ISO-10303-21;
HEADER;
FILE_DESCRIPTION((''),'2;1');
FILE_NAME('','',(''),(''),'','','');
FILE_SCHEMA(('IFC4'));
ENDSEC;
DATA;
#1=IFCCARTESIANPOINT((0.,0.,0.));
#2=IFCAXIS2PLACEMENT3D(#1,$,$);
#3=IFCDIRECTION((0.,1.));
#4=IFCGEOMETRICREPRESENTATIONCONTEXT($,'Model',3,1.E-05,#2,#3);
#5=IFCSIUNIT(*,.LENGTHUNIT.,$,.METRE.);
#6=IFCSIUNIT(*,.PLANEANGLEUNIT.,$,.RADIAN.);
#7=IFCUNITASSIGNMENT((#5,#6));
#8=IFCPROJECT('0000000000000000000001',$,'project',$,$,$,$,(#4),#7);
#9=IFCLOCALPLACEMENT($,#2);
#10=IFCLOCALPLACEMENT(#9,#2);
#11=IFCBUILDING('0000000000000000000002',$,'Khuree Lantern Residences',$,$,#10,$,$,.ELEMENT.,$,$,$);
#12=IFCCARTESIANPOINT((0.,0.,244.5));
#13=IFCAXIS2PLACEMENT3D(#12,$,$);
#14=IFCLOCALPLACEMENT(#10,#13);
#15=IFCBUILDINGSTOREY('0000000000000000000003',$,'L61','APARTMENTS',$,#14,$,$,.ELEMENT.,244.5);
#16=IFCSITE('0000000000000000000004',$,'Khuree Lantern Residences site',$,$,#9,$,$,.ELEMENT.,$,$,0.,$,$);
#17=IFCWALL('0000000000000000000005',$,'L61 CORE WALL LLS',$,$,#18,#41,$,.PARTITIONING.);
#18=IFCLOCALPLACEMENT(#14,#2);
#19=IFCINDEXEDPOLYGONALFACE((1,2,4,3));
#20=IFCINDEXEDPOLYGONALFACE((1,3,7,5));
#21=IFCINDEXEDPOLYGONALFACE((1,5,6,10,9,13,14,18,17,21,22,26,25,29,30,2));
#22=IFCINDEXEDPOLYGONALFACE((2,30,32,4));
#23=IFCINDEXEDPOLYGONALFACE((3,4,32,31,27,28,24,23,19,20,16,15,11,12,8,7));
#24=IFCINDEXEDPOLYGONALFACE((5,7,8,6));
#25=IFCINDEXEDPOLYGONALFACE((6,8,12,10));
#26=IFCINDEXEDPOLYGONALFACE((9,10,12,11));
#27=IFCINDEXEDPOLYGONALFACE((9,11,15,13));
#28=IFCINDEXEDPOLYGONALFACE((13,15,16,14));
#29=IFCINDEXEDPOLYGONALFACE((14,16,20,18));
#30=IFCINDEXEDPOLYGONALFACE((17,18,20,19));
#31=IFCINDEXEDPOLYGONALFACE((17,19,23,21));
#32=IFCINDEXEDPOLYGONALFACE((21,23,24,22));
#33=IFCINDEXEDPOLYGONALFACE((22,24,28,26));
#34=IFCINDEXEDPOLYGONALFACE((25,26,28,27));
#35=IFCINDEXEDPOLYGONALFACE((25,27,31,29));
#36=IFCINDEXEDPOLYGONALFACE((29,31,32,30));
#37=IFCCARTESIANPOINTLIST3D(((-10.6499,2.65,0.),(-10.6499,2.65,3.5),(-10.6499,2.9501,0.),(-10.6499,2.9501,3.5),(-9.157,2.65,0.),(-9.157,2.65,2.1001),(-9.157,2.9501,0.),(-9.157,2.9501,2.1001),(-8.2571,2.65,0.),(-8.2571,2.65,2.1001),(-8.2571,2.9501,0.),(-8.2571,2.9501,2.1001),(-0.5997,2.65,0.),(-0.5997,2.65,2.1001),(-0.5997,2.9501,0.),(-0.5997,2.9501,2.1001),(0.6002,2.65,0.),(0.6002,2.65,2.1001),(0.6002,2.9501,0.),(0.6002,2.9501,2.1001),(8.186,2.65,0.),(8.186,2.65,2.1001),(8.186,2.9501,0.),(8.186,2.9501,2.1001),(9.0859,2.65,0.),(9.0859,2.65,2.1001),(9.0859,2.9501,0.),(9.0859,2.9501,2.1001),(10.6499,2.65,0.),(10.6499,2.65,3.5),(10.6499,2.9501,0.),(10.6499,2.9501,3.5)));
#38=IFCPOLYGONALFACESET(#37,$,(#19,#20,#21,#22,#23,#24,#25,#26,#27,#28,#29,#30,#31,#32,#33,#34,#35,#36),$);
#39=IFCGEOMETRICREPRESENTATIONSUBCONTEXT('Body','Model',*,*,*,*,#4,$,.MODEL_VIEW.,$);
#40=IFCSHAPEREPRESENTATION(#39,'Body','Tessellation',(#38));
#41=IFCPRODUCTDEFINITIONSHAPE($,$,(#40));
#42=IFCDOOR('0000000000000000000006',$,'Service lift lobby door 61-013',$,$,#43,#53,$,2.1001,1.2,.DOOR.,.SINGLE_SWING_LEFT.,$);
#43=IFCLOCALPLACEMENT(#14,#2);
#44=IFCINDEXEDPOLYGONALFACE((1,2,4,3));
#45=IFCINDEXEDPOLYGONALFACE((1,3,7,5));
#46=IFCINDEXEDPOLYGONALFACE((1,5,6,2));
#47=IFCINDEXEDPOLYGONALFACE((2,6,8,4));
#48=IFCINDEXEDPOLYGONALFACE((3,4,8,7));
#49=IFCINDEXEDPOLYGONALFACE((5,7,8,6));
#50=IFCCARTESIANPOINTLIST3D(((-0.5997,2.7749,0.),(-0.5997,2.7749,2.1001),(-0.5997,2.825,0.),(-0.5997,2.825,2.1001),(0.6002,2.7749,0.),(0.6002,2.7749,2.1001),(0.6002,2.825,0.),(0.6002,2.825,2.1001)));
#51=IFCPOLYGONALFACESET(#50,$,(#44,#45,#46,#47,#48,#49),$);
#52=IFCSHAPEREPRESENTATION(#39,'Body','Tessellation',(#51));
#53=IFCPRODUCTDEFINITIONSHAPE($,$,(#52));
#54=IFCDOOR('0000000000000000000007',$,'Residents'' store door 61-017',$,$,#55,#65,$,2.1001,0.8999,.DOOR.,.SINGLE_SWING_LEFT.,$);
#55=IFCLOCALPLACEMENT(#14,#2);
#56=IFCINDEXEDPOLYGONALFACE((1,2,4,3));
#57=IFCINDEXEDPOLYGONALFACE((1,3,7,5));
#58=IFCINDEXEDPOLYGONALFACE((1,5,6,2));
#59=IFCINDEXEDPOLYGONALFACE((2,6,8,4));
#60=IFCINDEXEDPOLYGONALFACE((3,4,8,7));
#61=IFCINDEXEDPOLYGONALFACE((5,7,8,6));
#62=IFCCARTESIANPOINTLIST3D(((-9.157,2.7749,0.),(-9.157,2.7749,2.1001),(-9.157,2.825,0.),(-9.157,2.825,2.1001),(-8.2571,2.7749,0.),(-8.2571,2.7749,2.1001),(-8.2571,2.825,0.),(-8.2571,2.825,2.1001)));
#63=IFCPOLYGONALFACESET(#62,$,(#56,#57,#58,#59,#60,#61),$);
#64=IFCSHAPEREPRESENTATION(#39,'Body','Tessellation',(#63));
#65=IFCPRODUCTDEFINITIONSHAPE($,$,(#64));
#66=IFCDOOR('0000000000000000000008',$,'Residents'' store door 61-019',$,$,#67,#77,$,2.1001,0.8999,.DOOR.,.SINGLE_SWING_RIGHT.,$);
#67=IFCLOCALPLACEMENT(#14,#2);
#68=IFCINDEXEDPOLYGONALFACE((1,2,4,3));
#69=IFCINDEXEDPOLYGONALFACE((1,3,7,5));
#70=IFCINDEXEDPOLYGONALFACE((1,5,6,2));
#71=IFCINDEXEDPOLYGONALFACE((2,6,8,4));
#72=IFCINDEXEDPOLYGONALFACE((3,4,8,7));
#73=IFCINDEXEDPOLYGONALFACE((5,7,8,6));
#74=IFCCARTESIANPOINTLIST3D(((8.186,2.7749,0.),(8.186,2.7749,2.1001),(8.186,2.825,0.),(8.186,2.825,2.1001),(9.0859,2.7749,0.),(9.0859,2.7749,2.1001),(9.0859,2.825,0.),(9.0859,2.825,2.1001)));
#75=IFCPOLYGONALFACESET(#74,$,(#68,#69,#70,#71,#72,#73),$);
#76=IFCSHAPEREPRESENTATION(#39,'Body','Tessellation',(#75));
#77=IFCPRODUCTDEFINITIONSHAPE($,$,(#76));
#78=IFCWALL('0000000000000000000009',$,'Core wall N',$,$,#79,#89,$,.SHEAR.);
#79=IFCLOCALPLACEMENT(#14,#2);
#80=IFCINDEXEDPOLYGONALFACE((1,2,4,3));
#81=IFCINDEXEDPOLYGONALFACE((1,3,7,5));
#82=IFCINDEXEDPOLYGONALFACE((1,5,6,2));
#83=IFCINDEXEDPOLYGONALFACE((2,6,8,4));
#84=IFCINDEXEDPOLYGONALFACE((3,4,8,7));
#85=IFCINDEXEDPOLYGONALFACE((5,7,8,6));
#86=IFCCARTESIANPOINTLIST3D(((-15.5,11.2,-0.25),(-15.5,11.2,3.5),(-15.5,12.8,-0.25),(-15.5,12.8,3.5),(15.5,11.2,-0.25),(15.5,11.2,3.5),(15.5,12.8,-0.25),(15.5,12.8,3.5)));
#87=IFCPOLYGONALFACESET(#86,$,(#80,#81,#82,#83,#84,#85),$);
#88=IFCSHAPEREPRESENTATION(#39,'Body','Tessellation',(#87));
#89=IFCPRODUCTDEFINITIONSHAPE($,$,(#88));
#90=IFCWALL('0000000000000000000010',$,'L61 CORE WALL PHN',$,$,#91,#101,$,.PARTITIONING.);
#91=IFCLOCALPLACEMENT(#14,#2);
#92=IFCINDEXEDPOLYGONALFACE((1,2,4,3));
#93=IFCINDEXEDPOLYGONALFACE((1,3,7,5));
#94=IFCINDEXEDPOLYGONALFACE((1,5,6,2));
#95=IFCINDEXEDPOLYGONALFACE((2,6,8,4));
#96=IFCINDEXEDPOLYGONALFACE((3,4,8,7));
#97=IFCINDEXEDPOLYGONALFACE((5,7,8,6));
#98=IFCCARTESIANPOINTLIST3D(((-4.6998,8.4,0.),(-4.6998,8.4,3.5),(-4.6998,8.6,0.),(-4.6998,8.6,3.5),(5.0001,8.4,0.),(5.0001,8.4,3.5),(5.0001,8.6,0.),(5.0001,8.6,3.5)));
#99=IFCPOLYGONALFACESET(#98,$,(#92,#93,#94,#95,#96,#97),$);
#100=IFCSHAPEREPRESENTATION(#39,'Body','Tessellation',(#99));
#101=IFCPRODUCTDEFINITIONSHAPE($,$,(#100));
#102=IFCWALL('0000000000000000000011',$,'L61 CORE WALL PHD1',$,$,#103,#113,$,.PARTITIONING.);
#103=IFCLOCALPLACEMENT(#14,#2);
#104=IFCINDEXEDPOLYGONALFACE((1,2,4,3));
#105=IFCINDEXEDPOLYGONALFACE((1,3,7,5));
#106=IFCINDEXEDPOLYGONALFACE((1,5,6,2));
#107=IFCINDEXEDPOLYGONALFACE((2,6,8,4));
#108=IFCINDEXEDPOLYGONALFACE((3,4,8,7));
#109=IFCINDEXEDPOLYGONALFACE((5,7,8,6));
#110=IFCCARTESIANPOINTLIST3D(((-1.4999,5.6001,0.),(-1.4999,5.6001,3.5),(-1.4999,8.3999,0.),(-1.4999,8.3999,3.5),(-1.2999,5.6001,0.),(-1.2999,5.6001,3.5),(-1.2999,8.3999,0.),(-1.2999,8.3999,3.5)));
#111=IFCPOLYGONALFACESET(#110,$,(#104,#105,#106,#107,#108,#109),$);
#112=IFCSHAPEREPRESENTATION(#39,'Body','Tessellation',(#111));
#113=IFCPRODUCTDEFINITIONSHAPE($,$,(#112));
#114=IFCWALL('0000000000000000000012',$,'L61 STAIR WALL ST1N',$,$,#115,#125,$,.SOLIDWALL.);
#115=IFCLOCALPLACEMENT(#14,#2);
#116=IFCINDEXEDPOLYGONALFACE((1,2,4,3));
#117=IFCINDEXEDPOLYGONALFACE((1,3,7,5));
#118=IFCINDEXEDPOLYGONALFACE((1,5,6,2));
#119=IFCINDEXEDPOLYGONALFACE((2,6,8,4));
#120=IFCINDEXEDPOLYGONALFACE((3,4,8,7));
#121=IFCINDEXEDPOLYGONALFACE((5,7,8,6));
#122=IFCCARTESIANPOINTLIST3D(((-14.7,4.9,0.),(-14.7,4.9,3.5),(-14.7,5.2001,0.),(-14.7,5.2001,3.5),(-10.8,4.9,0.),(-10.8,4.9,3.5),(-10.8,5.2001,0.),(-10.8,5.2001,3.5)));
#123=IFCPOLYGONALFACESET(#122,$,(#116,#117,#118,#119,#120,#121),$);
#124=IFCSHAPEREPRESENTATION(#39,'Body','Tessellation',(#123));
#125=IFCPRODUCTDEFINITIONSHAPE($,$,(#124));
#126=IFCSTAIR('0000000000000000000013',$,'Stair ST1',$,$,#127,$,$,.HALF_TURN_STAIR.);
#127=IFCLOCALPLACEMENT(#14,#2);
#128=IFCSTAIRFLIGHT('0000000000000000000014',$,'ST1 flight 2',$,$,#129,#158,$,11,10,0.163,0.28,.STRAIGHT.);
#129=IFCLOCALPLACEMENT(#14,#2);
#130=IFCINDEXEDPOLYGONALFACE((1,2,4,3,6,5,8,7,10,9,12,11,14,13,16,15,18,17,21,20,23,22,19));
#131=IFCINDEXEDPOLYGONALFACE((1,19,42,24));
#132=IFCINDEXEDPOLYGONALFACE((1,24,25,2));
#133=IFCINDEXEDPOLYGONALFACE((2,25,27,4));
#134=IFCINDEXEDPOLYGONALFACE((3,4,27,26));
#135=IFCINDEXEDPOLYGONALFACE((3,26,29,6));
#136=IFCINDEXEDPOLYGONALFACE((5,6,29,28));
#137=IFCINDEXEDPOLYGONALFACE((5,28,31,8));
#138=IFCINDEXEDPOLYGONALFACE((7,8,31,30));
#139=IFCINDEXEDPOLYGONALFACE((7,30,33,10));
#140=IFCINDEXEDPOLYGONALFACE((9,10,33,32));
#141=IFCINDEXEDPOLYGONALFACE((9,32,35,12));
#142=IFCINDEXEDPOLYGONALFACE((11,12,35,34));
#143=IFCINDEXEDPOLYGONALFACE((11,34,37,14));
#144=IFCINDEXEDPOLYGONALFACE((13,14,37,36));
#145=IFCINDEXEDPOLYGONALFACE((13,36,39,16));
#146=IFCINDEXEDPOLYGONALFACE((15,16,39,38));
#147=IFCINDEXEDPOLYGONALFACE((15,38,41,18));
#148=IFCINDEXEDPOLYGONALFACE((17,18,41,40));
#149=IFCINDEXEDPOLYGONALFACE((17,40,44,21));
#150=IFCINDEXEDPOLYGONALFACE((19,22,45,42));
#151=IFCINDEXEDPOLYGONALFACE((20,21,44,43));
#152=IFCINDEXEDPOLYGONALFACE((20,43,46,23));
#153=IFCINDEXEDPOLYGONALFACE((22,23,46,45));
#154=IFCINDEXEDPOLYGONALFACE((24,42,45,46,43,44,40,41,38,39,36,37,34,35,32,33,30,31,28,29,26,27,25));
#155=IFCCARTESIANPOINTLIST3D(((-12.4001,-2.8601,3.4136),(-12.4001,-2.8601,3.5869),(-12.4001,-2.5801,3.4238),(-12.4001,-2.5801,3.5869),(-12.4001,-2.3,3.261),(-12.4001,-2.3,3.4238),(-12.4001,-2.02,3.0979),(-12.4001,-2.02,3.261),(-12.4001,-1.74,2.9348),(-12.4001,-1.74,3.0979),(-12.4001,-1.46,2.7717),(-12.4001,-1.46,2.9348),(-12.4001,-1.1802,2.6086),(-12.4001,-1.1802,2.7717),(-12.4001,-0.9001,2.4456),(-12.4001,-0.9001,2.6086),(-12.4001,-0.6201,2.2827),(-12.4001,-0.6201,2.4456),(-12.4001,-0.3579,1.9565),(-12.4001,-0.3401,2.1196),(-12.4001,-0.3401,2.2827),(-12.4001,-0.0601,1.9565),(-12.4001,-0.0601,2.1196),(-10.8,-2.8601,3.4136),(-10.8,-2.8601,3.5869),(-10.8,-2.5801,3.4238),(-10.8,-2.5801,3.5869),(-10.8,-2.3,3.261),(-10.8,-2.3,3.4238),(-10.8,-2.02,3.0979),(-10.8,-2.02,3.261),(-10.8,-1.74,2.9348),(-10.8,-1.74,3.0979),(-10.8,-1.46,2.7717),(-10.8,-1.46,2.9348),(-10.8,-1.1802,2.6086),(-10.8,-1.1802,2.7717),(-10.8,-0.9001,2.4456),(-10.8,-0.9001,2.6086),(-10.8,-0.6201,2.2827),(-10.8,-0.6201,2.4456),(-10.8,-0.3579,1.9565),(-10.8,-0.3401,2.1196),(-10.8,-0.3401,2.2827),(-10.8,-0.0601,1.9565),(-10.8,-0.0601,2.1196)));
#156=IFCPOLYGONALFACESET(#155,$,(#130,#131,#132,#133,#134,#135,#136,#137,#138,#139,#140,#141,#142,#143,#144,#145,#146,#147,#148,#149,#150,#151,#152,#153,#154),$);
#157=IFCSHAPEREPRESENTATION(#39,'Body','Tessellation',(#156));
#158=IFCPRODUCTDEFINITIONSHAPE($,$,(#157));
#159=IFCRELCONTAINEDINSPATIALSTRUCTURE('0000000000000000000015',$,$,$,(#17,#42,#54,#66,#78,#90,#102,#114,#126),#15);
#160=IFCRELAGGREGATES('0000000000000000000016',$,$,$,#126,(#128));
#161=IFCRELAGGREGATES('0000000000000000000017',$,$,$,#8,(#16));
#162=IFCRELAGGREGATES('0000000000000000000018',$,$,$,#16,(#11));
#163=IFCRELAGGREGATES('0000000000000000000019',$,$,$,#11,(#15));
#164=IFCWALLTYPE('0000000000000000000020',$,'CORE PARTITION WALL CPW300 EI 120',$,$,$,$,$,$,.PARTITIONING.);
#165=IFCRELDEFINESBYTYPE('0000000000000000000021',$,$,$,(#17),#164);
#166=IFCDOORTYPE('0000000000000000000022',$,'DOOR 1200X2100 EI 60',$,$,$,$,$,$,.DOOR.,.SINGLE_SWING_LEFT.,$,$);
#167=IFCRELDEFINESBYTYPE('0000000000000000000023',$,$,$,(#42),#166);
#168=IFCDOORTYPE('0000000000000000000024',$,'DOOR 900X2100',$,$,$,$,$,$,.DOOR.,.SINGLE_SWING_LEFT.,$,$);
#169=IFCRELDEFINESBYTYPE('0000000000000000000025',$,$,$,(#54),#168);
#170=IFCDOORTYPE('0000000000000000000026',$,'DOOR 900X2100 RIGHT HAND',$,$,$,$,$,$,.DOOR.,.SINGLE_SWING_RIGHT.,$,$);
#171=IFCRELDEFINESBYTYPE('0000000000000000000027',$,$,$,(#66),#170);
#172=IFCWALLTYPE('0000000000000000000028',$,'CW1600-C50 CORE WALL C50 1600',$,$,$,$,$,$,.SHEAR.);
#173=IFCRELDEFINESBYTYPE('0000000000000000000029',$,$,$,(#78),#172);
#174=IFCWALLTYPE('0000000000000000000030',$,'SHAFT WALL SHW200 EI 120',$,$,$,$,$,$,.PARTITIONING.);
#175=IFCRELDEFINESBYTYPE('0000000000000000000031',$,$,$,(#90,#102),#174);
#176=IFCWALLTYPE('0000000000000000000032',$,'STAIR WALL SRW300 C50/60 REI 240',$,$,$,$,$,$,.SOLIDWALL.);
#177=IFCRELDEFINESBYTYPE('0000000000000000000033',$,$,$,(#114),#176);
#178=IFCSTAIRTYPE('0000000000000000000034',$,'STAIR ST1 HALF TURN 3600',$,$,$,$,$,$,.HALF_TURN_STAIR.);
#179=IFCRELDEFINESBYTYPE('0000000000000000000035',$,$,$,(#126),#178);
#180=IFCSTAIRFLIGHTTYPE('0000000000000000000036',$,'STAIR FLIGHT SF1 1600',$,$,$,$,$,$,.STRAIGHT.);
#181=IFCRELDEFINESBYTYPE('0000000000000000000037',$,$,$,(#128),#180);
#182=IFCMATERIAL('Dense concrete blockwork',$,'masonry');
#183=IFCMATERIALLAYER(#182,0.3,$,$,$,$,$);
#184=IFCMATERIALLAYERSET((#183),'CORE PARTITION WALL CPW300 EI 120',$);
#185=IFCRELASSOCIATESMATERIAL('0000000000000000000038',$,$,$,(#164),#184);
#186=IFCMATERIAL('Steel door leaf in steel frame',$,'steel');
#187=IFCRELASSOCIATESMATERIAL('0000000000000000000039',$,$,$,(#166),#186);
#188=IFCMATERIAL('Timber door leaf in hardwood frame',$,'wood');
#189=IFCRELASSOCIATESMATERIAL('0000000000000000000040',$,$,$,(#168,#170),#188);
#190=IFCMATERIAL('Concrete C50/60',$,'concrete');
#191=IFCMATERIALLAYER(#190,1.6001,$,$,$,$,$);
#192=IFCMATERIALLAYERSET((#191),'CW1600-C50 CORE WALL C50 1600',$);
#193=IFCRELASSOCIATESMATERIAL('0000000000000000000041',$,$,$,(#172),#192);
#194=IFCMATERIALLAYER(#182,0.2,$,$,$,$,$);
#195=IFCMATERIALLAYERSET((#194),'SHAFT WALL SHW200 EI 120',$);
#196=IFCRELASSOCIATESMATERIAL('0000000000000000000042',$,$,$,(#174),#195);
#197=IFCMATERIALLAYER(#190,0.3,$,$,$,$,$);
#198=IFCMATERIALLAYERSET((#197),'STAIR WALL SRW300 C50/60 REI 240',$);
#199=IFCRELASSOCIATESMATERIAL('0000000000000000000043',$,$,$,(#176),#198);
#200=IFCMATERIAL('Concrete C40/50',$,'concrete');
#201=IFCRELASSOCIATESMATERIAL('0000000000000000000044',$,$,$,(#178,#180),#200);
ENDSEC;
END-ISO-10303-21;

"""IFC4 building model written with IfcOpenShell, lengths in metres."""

from ifc_helpers import new_model, si_unit, direction, frame, frame_2d, origin, place, context, subcontext, project, spatial, polyline, rectangle, outline, extrude, material, layer, layer_set, type_object, element, fill, aggregate, save


model = new_model("IFC4")

# Units and contexts
model_context = context("Model", 3, precision=1e-05, world=origin(), true_north=direction((0.0, 1.0)))
body_context = subcontext(model_context, "Body", "Model", "MODEL_VIEW")
ifc_project = project(units=[si_unit("LENGTHUNIT", "METRE"), si_unit("PLANEANGLEUNIT", "RADIAN")], contexts=[model_context])

# Site, building, storey
site_placement = place(None, origin())
site = spatial("IfcSite", under=ifc_project, at=site_placement, Name="Khuree Lantern Residences site", CompositionType="ELEMENT", RefElevation=0.0)
building_placement = place(site_placement, origin())
building = spatial("IfcBuilding", under=site, at=building_placement, Name="Khuree Lantern Residences", CompositionType="ELEMENT")
storey_placement = place(building_placement, frame((0.0, 0.0, 244.5)))
storey = spatial("IfcBuildingStorey", under=building, at=storey_placement, Name="L61", Description="APARTMENTS", CompositionType="ELEMENT", Elevation=244.5)

# Shared definitions
ifc_material_1 = material(Name="Concrete C50/60", Category="concrete")

# Shared definitions
ifc_material_2 = material(Name="Dense concrete blockwork", Category="masonry")
ifc_layer_1 = layer(ifc_material_2, 0.3)
ifc_layer_set_1 = layer_set([ifc_layer_1], Name="CORE PARTITION WALL CPW300 EI 120")
wall_type_1 = type_object("IfcWallType", Name="CORE PARTITION WALL CPW300 EI 120", PredefinedType="PARTITIONING", material=ifc_layer_set_1)

# Wall, openings, doors
wall_1_placement = place(storey_placement, frame((-10.6499, 2.8, 0.0), z_axis=(0.0, 0.0, 1.0), x_axis=(1.0, 0.0, 0.0)))
wall_1 = element("IfcWall", 1, at=wall_1_placement, inside=storey, type_object=wall_type_1, Name="L61 CORE WALL LLS", PredefinedType="PARTITIONING", context=body_context, shape_type="SweptSolid", body=[
    extrude(rectangle(XDim=21.2998, YDim=0.3, at=frame_2d((10.6499, 0.0))), origin(), (0.0, 0.0, 1.0), 3.5),
])
opening_1_placement = place(wall_1_placement, frame((10.05, 0.0, 0.0)))
opening_1 = element("IfcOpeningElement", 2, at=opening_1_placement, cuts=wall_1, PredefinedType="OPENING", context=body_context, shape_type="SweptSolid", body=[
    extrude(rectangle(XDim=1.2, YDim=2.1001, at=frame_2d((0.6001, 1.05))), frame((0.0, 0.1602, 0.0), z_axis=(0.0, -1.0, 0.0), x_axis=(1.0, 0.0, 0.0)), (0.0, 0.0, 1.0), 0.3201),
])
opening_2_placement = place(wall_1_placement, frame((1.4929, 0.0, 0.0)))
opening_2 = element("IfcOpeningElement", 3, at=opening_2_placement, cuts=wall_1, PredefinedType="OPENING", context=body_context, shape_type="SweptSolid", body=[
    extrude(rectangle(XDim=0.8999, YDim=2.1001, at=frame_2d((0.45, 1.05))), frame((0.0, 0.1602, 0.0), z_axis=(0.0, -1.0, 0.0), x_axis=(1.0, 0.0, 0.0)), (0.0, 0.0, 1.0), 0.3201),
])
opening_3_placement = place(wall_1_placement, frame((18.8359, 0.0, 0.0)))
opening_3 = element("IfcOpeningElement", 4, at=opening_3_placement, cuts=wall_1, PredefinedType="OPENING", context=body_context, shape_type="SweptSolid", body=[
    extrude(rectangle(XDim=0.8999, YDim=2.1001, at=frame_2d((0.45, 1.05))), frame((0.0, 0.1602, 0.0), z_axis=(0.0, -1.0, 0.0), x_axis=(1.0, 0.0, 0.0)), (0.0, 0.0, 1.0), 0.3201),
])
ifc_material_3 = material(Name="Steel door leaf in steel frame", Category="steel")
door_type_1 = type_object("IfcDoorType", Name="DOOR 1200X2100 EI 60", OperationType="SINGLE_SWING_LEFT", PredefinedType="DOOR", material=ifc_material_3)
door_1_placement = place(opening_1_placement, origin())
door_1 = element("IfcDoor", 5, at=door_1_placement, inside=storey, type_object=door_type_1, Name="Service lift lobby door 61-013", OperationType="SINGLE_SWING_LEFT", OverallHeight=2.1001, OverallWidth=1.2, PredefinedType="DOOR", context=body_context, shape_type="SweptSolid", body=[
    extrude(rectangle(XDim=1.2, YDim=2.1001, at=frame_2d((0.6001, 1.05))), frame((0.0, 0.0249, 0.0), z_axis=(0.0, -1.0, 0.0), x_axis=(1.0, 0.0, 0.0)), (0.0, 0.0, 1.0), 0.05),
])
fill(opening_1, door_1)
ifc_material_4 = material(Name="Timber door leaf in hardwood frame", Category="wood")
door_type_2 = type_object("IfcDoorType", Name="DOOR 900X2100", OperationType="SINGLE_SWING_LEFT", PredefinedType="DOOR", material=ifc_material_4)
door_2_placement = place(opening_2_placement, origin())
door_2 = element("IfcDoor", 6, at=door_2_placement, inside=storey, type_object=door_type_2, Name="Residents' store door 61-017", OperationType="SINGLE_SWING_LEFT", OverallHeight=2.1001, OverallWidth=0.8999, PredefinedType="DOOR", context=body_context, shape_type="SweptSolid", body=[
    extrude(rectangle(XDim=0.8999, YDim=2.1001, at=frame_2d((0.45, 1.05))), frame((0.0, 0.0249, 0.0), z_axis=(0.0, -1.0, 0.0), x_axis=(1.0, 0.0, 0.0)), (0.0, 0.0, 1.0), 0.05),
])
fill(opening_2, door_2)
door_type_3 = type_object("IfcDoorType", Name="DOOR 900X2100 RIGHT HAND", OperationType="SINGLE_SWING_RIGHT", PredefinedType="DOOR", material=ifc_material_4)
door_3_placement = place(opening_3_placement, origin())
door_3 = element("IfcDoor", 7, at=door_3_placement, inside=storey, type_object=door_type_3, Name="Residents' store door 61-019", OperationType="SINGLE_SWING_RIGHT", OverallHeight=2.1001, OverallWidth=0.8999, PredefinedType="DOOR", context=body_context, shape_type="SweptSolid", body=[
    extrude(rectangle(XDim=0.8999, YDim=2.1001, at=frame_2d((0.45, 1.05))), frame((0.0, 0.0249, 0.0), z_axis=(0.0, -1.0, 0.0), x_axis=(1.0, 0.0, 0.0)), (0.0, 0.0, 1.0), 0.05),
])
fill(opening_3, door_3)

# Walls
ifc_layer_2 = layer(ifc_material_1, 1.6001)
ifc_layer_set_2 = layer_set([ifc_layer_2], Name="CW1600-C50 CORE WALL C50 1600")
wall_type_2 = type_object("IfcWallType", Name="CW1600-C50 CORE WALL C50 1600", PredefinedType="SHEAR", material=ifc_layer_set_2)
wall_2_placement = place(storey_placement, frame((-15.5, 12.0, -0.25), z_axis=(0.0, 0.0, 1.0), x_axis=(1.0, 0.0, 0.0)))
element("IfcWall", 8, at=wall_2_placement, inside=storey, type_object=wall_type_2, Name="Core wall N", PredefinedType="SHEAR", context=body_context, shape_type="SweptSolid", body=[
    extrude(rectangle(XDim=31.0, YDim=1.6001, at=frame_2d((15.5, 0.0))), origin(), (0.0, 0.0, 1.0), 3.75),
])
ifc_layer_3 = layer(ifc_material_2, 0.2)
ifc_layer_set_3 = layer_set([ifc_layer_3], Name="SHAFT WALL SHW200 EI 120")
wall_type_3 = type_object("IfcWallType", Name="SHAFT WALL SHW200 EI 120", PredefinedType="PARTITIONING", material=ifc_layer_set_3)
wall_3_placement = place(storey_placement, frame((-4.7, 8.5, 0.0), z_axis=(0.0, 0.0, 1.0), x_axis=(1.0, 0.0, 0.0)))
element("IfcWall", 9, at=wall_3_placement, inside=storey, type_object=wall_type_3, Name="L61 CORE WALL PHN", PredefinedType="PARTITIONING", context=body_context, shape_type="SweptSolid", body=[
    extrude(rectangle(XDim=9.7, YDim=0.2, at=frame_2d((4.8501, 0.0))), origin(), (0.0, 0.0, 1.0), 3.5),
])
wall_4_placement = place(storey_placement, frame((-1.3999, 5.6001, 0.0), z_axis=(0.0, 0.0, 1.0), x_axis=(0.0, 1.0, 0.0)))
element("IfcWall", 10, at=wall_4_placement, inside=storey, type_object=wall_type_3, Name="L61 CORE WALL PHD1", PredefinedType="PARTITIONING", context=body_context, shape_type="SweptSolid", body=[
    extrude(rectangle(XDim=2.7998, YDim=0.2, at=frame_2d((1.3999, 0.0))), origin(), (0.0, 0.0, 1.0), 3.5),
])
ifc_layer_4 = layer(ifc_material_1, 0.3)
ifc_layer_set_4 = layer_set([ifc_layer_4], Name="STAIR WALL SRW300 C50/60 REI 240")
wall_type_4 = type_object("IfcWallType", Name="STAIR WALL SRW300 C50/60 REI 240", PredefinedType="SOLIDWALL", material=ifc_layer_set_4)
wall_5_placement = place(storey_placement, frame((-14.7, 5.05, 0.0), z_axis=(0.0, 0.0, 1.0), x_axis=(1.0, 0.0, 0.0)))
element("IfcWall", 11, at=wall_5_placement, inside=storey, type_object=wall_type_4, Name="L61 STAIR WALL ST1N", PredefinedType="SOLIDWALL", context=body_context, shape_type="SweptSolid", body=[
    extrude(rectangle(XDim=3.8999, YDim=0.3, at=frame_2d((1.95, 0.0))), origin(), (0.0, 0.0, 1.0), 3.5),
])

# Stair, stair flight
ifc_material_5 = material(Name="Concrete C40/50", Category="concrete")
stair_type = type_object("IfcStairType", Name="STAIR ST1 HALF TURN 3600", PredefinedType="HALF_TURN_STAIR", material=ifc_material_5)
stair_placement = place(storey_placement, origin())
stair = element("IfcStair", 12, at=stair_placement, inside=storey, type_object=stair_type, Name="Stair ST1", PredefinedType="HALF_TURN_STAIR")
stair_flight_type = type_object("IfcStairFlightType", Name="STAIR FLIGHT SF1 1600", PredefinedType="STRAIGHT", material=ifc_material_5)
stair_flight_placement = place(storey_placement, frame((-11.6001, -0.0601, 1.9565), z_axis=(0.0, 0.0, 1.0), x_axis=(0.0, -1.0, 0.0)))
stair_flight = element("IfcStairFlight", 13, at=stair_flight_placement, type_object=stair_flight_type, Name="ST1 flight 2", NumberOfRisers=11, NumberOfTreads=10, PredefinedType="STRAIGHT", RiserHeight=0.163, TreadLength=0.28, context=body_context, shape_type="SweptSolid", body=[
    extrude(outline(polyline([(0.0, 0.0), (0.0, 0.1631), (0.28, 0.1631), (0.28, 0.3262), (0.5601, 0.3262), (0.5601, 0.489), (0.8401, 0.489), (0.8401, 0.6521), (1.1201, 0.6521), (1.1201, 0.8152), (1.3999, 0.8152), (1.3999, 0.9783), (1.6799, 0.9783), (1.6799, 1.1414), (1.96, 1.1414), (1.96, 1.3044), (2.24, 1.3044), (2.24, 1.4673), (2.52, 1.4673), (2.52, 1.6304), (2.8, 1.6304), (2.8, 1.7935), (2.8, 1.457), (0.2979, 0.0), (0.0, 0.0)])), frame((0.0, 0.8, 0.0), z_axis=(0.0, -1.0, 0.0), x_axis=(1.0, 0.0, 0.0)), (0.0, 0.0, 1.0), 1.6001),
])
aggregate(stair, [stair_flight])

save(model, "model.ifc")
